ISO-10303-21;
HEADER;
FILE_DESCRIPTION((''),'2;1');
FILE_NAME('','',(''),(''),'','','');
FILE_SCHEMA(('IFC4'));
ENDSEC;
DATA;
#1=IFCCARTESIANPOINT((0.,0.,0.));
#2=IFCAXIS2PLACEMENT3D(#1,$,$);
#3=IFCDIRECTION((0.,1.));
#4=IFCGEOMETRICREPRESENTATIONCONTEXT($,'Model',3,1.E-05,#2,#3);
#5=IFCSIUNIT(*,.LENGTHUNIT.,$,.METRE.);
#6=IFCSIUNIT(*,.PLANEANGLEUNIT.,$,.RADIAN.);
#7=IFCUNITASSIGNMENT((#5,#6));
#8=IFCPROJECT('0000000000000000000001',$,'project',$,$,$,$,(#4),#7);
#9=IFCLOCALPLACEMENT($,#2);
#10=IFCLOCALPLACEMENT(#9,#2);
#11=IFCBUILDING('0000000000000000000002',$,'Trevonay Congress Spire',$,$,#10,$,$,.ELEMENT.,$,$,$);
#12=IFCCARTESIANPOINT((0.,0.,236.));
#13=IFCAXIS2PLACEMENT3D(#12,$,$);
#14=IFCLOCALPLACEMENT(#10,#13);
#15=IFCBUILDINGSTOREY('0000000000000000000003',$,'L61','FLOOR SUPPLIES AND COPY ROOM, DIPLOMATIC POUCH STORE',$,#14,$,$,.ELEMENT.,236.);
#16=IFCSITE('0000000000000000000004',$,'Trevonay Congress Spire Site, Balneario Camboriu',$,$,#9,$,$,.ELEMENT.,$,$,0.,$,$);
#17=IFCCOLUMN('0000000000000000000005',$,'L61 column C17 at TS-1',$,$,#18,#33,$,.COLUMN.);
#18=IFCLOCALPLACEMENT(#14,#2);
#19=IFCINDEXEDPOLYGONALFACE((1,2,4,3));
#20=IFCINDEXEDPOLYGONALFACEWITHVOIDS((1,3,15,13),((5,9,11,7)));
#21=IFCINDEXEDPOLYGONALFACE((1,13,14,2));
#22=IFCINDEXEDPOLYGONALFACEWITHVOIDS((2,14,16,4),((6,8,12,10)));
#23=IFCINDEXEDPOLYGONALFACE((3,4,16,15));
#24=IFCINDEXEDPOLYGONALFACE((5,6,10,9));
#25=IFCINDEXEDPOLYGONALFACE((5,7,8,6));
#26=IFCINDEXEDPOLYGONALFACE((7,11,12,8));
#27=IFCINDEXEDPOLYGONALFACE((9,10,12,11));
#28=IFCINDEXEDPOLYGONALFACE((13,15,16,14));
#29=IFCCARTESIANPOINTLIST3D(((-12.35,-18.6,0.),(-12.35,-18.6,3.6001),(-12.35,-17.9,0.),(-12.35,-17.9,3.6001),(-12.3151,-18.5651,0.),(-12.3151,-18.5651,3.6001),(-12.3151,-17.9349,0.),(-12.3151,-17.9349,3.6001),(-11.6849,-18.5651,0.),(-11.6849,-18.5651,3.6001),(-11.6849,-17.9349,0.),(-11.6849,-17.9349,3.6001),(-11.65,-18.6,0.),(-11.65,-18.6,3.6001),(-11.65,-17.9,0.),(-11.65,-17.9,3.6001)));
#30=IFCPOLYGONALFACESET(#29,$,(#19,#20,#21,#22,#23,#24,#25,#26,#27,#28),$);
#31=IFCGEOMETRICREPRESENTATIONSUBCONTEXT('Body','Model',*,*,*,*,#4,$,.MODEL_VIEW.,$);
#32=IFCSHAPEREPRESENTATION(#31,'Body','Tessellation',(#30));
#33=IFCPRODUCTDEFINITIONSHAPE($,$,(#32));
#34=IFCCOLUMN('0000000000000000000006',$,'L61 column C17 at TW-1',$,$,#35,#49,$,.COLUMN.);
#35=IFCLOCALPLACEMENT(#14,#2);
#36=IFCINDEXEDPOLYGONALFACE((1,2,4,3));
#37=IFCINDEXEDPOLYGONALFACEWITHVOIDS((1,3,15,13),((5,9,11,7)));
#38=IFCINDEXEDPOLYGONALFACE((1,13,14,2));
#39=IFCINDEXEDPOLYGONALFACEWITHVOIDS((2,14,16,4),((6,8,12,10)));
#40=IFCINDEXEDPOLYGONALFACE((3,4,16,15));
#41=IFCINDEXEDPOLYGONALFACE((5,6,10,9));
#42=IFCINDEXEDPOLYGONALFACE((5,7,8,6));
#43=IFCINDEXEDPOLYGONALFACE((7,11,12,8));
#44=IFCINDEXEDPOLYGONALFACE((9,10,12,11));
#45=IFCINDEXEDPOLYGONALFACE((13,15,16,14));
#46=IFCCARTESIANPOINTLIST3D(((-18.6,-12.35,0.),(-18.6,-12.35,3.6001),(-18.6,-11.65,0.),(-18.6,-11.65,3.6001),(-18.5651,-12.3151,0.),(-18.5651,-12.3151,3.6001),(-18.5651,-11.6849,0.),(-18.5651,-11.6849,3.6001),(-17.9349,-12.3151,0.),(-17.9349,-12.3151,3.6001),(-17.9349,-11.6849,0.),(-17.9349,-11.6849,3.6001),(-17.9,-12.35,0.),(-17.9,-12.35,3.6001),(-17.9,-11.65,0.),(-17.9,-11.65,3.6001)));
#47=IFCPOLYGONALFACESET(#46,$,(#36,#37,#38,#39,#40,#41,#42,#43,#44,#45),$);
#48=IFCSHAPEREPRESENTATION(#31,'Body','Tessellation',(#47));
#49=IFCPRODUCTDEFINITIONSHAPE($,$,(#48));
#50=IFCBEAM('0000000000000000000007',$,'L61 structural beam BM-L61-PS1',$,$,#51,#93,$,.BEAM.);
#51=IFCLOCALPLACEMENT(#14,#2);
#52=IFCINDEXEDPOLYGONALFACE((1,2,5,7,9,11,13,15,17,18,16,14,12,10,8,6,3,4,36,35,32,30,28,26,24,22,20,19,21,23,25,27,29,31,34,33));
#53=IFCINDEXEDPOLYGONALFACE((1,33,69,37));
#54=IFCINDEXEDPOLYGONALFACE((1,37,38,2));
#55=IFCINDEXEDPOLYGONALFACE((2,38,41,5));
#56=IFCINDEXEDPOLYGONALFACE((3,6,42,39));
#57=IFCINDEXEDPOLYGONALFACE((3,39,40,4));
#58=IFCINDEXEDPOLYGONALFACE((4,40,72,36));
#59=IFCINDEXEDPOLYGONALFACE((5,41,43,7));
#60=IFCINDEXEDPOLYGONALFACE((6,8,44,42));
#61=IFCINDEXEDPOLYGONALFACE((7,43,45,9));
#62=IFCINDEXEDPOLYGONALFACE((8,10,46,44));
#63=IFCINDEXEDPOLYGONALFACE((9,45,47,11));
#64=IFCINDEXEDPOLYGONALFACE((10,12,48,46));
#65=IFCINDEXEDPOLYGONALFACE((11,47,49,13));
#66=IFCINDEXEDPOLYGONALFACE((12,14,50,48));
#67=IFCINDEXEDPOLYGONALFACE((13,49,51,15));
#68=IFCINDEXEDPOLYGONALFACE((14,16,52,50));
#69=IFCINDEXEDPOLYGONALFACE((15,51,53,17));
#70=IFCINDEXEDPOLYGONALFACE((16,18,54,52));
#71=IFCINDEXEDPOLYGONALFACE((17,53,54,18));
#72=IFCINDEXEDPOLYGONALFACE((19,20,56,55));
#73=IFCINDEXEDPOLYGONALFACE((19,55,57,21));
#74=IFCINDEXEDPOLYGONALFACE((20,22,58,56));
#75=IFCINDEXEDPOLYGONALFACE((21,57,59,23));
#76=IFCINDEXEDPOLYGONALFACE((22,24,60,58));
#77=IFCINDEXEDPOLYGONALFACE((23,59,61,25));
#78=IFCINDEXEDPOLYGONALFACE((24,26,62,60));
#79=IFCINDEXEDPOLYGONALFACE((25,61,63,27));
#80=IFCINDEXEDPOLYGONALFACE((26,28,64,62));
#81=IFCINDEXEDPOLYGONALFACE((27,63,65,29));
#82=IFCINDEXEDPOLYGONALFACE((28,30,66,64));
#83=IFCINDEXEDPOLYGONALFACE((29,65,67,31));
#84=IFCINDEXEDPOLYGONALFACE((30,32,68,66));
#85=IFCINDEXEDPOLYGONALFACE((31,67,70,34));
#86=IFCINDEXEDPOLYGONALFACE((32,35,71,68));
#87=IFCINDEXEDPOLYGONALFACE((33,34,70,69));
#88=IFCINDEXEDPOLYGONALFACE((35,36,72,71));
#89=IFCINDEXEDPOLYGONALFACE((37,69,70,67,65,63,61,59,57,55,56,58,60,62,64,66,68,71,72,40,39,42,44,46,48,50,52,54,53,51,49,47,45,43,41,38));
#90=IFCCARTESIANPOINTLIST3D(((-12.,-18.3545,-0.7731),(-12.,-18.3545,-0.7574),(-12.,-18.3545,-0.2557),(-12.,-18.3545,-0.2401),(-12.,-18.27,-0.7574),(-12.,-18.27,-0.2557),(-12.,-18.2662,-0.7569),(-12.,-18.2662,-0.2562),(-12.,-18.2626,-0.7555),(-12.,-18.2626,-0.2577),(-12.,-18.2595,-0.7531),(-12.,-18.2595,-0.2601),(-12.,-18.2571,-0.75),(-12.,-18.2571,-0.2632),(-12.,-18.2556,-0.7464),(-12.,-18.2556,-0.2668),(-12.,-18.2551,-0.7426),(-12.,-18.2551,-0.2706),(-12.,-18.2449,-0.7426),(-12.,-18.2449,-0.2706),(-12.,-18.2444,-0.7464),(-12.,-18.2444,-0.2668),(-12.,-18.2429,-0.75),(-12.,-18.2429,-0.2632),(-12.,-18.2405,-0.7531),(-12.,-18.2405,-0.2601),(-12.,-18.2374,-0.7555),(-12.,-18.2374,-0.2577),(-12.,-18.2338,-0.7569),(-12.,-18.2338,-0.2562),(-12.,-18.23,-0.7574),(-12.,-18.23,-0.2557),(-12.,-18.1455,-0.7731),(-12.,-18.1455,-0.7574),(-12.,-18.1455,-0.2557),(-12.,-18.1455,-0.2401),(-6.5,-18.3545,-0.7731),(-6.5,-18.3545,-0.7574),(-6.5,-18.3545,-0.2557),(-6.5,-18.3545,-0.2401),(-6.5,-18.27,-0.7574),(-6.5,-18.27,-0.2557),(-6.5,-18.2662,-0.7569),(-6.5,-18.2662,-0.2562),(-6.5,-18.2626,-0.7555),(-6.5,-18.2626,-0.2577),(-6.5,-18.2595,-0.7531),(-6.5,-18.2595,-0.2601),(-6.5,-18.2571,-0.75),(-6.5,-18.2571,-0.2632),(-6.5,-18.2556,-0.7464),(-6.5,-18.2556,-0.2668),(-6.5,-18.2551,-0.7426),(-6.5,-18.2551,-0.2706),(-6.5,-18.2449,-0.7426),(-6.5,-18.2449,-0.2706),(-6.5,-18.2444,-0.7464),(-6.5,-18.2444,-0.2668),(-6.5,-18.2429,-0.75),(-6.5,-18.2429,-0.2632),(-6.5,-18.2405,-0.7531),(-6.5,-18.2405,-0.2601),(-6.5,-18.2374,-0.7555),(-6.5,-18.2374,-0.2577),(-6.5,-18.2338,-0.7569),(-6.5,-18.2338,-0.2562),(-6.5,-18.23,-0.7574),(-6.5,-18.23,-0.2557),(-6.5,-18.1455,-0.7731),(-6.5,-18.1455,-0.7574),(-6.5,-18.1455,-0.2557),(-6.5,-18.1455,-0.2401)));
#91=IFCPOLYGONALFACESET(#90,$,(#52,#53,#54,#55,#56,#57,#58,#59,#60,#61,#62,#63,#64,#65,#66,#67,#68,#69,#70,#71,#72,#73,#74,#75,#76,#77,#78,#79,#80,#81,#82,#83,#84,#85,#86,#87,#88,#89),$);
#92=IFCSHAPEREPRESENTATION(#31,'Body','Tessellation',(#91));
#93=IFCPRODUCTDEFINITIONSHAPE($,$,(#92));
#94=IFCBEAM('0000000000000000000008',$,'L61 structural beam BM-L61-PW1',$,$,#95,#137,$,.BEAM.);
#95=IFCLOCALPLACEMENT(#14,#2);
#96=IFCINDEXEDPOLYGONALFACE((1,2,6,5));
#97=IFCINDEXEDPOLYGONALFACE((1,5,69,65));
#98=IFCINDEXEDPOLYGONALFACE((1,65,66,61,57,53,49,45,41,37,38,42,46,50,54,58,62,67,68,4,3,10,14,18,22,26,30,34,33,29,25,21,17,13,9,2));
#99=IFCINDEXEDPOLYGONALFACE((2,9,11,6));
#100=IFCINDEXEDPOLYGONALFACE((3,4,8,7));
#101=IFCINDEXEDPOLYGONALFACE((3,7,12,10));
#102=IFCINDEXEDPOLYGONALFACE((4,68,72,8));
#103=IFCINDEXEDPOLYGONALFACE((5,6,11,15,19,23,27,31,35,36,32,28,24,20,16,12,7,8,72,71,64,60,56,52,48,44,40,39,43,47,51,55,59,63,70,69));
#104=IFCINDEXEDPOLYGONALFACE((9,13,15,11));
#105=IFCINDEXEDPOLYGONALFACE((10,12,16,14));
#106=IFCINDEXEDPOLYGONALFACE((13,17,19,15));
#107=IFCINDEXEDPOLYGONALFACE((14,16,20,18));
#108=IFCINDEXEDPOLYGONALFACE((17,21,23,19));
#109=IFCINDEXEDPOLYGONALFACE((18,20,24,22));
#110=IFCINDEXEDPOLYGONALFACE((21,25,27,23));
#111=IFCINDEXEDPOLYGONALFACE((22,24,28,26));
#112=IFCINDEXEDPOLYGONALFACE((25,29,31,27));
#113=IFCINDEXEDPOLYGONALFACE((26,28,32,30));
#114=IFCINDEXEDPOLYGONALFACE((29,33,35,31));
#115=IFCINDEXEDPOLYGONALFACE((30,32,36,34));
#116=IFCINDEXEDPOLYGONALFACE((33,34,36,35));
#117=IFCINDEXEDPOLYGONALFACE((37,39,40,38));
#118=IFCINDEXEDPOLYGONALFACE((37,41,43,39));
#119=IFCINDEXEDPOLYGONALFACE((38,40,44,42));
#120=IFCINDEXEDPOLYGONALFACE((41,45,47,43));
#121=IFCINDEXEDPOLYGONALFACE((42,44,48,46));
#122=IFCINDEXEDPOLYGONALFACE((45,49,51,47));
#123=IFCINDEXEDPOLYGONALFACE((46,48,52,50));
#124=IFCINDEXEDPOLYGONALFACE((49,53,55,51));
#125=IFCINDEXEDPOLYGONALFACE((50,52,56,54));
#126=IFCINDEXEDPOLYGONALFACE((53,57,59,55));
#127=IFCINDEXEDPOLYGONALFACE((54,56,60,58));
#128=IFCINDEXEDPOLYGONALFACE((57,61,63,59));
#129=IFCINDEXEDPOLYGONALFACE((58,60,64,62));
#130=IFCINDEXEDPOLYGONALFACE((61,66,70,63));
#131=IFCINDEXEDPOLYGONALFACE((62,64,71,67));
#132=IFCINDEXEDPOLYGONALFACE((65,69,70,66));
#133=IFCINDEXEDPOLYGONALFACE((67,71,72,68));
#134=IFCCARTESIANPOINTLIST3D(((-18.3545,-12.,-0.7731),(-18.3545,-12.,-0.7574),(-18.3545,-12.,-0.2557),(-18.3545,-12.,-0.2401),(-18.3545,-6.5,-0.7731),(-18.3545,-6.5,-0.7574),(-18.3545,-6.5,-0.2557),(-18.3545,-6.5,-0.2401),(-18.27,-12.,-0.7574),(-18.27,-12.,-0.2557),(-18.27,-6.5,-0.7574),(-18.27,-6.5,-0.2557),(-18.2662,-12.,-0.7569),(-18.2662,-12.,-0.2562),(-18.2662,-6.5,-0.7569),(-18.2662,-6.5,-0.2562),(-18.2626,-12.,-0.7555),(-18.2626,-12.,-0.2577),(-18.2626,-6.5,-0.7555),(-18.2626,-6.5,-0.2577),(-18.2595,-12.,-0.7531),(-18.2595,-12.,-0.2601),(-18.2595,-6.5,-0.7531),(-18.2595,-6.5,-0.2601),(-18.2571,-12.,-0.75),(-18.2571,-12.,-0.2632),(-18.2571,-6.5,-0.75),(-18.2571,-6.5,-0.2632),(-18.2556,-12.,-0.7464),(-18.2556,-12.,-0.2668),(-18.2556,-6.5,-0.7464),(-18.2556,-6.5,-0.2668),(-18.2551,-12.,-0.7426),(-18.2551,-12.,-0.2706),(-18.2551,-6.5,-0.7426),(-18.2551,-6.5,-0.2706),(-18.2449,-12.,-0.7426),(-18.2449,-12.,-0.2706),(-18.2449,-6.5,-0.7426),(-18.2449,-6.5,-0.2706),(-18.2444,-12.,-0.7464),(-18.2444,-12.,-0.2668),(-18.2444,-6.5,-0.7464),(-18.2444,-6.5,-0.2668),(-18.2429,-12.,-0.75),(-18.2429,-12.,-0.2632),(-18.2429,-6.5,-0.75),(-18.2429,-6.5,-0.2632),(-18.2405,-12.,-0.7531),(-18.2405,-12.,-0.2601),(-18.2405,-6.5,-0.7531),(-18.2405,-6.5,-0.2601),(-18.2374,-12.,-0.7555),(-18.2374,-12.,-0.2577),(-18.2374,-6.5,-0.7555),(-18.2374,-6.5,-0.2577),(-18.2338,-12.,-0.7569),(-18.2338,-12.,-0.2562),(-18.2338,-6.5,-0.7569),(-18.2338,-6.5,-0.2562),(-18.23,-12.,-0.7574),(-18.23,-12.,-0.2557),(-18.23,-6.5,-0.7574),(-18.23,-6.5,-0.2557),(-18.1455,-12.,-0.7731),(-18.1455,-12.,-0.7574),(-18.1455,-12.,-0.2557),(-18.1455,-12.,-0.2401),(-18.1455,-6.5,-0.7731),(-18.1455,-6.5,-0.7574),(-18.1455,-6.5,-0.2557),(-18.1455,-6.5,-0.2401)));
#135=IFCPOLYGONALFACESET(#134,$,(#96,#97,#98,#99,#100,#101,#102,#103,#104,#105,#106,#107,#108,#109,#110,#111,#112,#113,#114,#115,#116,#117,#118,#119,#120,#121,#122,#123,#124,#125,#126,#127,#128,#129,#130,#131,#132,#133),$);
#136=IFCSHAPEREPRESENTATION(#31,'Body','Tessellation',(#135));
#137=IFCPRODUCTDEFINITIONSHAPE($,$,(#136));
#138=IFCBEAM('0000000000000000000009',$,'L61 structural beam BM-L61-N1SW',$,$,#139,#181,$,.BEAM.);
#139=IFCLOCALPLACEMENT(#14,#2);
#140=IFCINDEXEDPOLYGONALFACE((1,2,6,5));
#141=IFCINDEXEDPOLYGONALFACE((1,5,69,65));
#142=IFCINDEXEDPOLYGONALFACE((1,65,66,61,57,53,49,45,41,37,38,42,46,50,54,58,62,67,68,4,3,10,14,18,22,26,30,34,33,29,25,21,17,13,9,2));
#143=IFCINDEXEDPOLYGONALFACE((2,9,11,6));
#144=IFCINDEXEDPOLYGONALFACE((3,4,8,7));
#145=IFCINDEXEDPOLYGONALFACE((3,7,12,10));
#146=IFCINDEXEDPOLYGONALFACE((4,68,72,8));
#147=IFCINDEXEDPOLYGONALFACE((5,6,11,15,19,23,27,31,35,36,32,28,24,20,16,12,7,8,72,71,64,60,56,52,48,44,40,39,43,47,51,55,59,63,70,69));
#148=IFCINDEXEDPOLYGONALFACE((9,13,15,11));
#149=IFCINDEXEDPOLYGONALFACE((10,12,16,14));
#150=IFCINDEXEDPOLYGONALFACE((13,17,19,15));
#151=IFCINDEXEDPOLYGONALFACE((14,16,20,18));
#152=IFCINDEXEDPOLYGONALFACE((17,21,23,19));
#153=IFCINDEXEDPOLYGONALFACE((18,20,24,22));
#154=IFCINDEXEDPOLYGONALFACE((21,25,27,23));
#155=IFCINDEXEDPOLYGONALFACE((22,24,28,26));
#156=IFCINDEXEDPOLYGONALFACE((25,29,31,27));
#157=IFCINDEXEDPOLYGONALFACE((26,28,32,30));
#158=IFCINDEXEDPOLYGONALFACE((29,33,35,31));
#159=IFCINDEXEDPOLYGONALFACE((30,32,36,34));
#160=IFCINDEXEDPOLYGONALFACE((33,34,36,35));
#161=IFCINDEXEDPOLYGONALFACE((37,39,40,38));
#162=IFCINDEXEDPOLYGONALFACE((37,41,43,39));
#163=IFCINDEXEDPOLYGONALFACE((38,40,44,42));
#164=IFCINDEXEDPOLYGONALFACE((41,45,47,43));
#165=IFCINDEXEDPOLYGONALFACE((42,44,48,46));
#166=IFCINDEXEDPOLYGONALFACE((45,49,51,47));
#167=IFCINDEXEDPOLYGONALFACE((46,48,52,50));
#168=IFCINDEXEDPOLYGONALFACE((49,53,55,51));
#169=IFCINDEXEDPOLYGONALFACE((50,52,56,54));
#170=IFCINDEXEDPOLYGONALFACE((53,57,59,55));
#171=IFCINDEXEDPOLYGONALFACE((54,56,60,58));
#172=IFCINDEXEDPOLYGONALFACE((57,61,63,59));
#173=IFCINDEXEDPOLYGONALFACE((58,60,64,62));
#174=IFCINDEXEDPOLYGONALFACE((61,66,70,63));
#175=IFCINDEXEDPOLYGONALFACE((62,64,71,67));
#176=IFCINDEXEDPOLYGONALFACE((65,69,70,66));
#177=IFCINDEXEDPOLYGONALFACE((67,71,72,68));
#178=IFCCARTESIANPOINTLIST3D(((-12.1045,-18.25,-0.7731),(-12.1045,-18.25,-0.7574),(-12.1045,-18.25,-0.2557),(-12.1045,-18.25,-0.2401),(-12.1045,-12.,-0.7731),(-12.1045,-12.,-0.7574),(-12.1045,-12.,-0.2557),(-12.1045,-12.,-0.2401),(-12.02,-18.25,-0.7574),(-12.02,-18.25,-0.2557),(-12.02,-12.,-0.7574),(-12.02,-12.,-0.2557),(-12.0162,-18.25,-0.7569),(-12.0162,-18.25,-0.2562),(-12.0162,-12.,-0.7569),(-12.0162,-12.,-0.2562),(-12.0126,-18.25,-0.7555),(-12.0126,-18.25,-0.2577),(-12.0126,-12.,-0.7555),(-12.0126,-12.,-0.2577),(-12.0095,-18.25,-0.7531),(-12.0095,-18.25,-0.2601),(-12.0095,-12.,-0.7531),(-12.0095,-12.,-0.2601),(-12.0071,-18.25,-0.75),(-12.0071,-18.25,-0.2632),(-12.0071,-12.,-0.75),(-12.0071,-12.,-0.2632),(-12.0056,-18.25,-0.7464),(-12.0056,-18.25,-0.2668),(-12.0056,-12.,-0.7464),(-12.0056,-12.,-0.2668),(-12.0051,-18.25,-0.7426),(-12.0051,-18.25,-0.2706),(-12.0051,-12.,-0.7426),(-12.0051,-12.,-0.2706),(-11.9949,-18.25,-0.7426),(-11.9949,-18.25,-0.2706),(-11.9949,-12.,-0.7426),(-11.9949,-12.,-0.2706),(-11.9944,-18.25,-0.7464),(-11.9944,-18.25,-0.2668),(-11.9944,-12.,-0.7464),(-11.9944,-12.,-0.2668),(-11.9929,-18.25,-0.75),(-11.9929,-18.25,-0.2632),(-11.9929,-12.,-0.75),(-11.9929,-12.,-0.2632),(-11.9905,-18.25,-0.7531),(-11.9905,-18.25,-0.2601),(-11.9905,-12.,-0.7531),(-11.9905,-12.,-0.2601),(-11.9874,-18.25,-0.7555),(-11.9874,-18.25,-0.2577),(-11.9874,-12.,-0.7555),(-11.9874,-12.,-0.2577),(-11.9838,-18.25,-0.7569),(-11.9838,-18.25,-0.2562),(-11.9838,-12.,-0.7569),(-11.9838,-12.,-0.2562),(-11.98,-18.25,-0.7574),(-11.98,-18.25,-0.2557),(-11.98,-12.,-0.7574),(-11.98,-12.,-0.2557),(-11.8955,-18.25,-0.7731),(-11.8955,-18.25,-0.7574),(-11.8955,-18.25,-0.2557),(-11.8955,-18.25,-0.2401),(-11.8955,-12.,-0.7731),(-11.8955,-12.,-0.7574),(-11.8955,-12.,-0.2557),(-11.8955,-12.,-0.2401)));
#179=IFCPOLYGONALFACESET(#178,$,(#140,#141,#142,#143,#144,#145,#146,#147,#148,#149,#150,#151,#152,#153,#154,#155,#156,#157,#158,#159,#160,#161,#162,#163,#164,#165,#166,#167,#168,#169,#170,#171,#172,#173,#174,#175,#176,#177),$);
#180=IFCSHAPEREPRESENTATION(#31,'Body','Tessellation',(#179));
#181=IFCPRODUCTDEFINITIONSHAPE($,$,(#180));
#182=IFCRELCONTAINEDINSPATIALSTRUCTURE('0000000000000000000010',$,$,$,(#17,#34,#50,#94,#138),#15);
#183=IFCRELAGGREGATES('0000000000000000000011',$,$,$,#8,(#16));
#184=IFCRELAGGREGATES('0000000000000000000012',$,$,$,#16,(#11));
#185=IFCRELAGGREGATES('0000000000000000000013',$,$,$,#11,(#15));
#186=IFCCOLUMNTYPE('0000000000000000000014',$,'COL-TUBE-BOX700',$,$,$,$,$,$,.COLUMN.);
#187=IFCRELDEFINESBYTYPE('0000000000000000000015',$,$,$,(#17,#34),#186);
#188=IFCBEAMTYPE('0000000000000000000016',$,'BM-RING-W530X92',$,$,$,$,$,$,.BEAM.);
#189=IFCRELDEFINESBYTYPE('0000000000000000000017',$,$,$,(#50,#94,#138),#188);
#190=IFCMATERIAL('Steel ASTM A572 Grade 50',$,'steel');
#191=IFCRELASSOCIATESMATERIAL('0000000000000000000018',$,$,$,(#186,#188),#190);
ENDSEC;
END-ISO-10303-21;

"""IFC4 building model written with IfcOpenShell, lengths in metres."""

from ifc_helpers import new_model, si_unit, direction, frame, origin, origin_2d, place, context, subcontext, project, spatial, hollow_rectangle, i_section, extrude, material, material_profile, profile_set, type_object, element, save


model = new_model("IFC4")

# Units and contexts
model_context = context("Model", 3, precision=1e-05, world=origin(), true_north=direction((0.0, 1.0)))
body_context = subcontext(model_context, "Body", "Model", "MODEL_VIEW")
ifc_project = project(units=[si_unit("LENGTHUNIT", "METRE"), si_unit("PLANEANGLEUNIT", "RADIAN")], contexts=[model_context])

# Site, building, storey
site_placement = place(None, origin())
site = spatial("IfcSite", under=ifc_project, at=site_placement, Name="Trevonay Congress Spire Site, Balneario Camboriu", CompositionType="ELEMENT", RefElevation=0.0)
building_placement = place(site_placement, origin())
building = spatial("IfcBuilding", under=site, at=building_placement, Name="Trevonay Congress Spire", CompositionType="ELEMENT")
storey_placement = place(building_placement, frame((0.0, 0.0, 236.0)))
storey = spatial("IfcBuildingStorey", under=building, at=storey_placement, Name="L61", Description="FLOOR SUPPLIES AND COPY ROOM, DIPLOMATIC POUCH STORE", CompositionType="ELEMENT", Elevation=236.0)

# Columns
ifc_material_1 = material(Name="Steel ASTM A572 Grade 50", Category="steel")
ifc_material_profile_1 = material_profile(ifc_material_1, hollow_rectangle(XDim=0.7, YDim=0.7, WallThickness=0.0349, at=origin_2d()), Name="BOX 700x700x35")
ifc_profile_set_1 = profile_set([ifc_material_profile_1], Name="Steel ASTM A572 Grade 50")
column_type = type_object("IfcColumnType", Name="COL-TUBE-BOX700", PredefinedType="COLUMN", material=ifc_profile_set_1)
for number, where, z_axis, x_axis, name in (
    (1, (-12.0, -18.25, 0.0), (0.0, 0.0, 1.0), (1.0, 0.0, 0.0), "L61 column C17 at TS-1"),
    (2, (-18.25, -12.0, 0.0), (0.0, 0.0, 1.0), (1.0, 0.0, 0.0), "L61 column C17 at TW-1"),
):
    element("IfcColumn", number, at=place(storey_placement, frame(where, z_axis=z_axis, x_axis=x_axis)), inside=storey, type_object=column_type, Name=name, PredefinedType="COLUMN", context=body_context, shape_type="SweptSolid", body=[
        extrude(hollow_rectangle(XDim=0.7, YDim=0.7, WallThickness=0.0349, at=origin_2d()), origin(), (0.0, 0.0, 1.0), 3.6001),
    ])

# Beams
ifc_material_profile_2 = material_profile(ifc_material_1, i_section(OverallWidth=0.209, OverallDepth=0.533, WebThickness=0.0103, FlangeThickness=0.0156, FilletRadius=0.0149, at=origin_2d()), Name="W530x92")
ifc_profile_set_2 = profile_set([ifc_material_profile_2], Name="Steel ASTM A572 Grade 50")
beam_type_1 = type_object("IfcBeamType", Name="BM-RING-W530X92", PredefinedType="BEAM", material=ifc_profile_set_2)
for number, where, z_axis, x_axis, name in (
    (3, (-12.0, -18.25, -0.5066), (1.0, 0.0, 0.0), (0.0, 1.0, 0.0), "L61 structural beam BM-L61-PS1"),
    (4, (-18.25, -12.0, -0.5066), (0.0, 1.0, 0.0), (-1.0, 0.0, 0.0), "L61 structural beam BM-L61-PW1"),
):
    element("IfcBeam", number, at=place(storey_placement, frame(where, z_axis=z_axis, x_axis=x_axis)), inside=storey, type_object=beam_type_1, Name=name, PredefinedType="BEAM", context=body_context, shape_type="SweptSolid", body=[
        extrude(i_section(OverallWidth=0.209, OverallDepth=0.533, WebThickness=0.0103, FlangeThickness=0.0156, FilletRadius=0.0149, at=origin_2d()), origin(), (0.0, 0.0, 1.0), 5.5),
    ])
for number, where, z_axis, x_axis, name in (
    (5, (-12.0, -18.25, -0.5066), (0.0, 1.0, 0.0), (-1.0, 0.0, 0.0), "L61 structural beam BM-L61-N1SW"),
):
    element("IfcBeam", number, at=place(storey_placement, frame(where, z_axis=z_axis, x_axis=x_axis)), inside=storey, type_object=beam_type_1, Name=name, PredefinedType="BEAM", context=body_context, shape_type="SweptSolid", body=[
        extrude(i_section(OverallWidth=0.209, OverallDepth=0.533, WebThickness=0.0103, FlangeThickness=0.0156, FilletRadius=0.0149, at=origin_2d()), origin(), (0.0, 0.0, 1.0), 6.25),
    ])

save(model, "model.ifc")
